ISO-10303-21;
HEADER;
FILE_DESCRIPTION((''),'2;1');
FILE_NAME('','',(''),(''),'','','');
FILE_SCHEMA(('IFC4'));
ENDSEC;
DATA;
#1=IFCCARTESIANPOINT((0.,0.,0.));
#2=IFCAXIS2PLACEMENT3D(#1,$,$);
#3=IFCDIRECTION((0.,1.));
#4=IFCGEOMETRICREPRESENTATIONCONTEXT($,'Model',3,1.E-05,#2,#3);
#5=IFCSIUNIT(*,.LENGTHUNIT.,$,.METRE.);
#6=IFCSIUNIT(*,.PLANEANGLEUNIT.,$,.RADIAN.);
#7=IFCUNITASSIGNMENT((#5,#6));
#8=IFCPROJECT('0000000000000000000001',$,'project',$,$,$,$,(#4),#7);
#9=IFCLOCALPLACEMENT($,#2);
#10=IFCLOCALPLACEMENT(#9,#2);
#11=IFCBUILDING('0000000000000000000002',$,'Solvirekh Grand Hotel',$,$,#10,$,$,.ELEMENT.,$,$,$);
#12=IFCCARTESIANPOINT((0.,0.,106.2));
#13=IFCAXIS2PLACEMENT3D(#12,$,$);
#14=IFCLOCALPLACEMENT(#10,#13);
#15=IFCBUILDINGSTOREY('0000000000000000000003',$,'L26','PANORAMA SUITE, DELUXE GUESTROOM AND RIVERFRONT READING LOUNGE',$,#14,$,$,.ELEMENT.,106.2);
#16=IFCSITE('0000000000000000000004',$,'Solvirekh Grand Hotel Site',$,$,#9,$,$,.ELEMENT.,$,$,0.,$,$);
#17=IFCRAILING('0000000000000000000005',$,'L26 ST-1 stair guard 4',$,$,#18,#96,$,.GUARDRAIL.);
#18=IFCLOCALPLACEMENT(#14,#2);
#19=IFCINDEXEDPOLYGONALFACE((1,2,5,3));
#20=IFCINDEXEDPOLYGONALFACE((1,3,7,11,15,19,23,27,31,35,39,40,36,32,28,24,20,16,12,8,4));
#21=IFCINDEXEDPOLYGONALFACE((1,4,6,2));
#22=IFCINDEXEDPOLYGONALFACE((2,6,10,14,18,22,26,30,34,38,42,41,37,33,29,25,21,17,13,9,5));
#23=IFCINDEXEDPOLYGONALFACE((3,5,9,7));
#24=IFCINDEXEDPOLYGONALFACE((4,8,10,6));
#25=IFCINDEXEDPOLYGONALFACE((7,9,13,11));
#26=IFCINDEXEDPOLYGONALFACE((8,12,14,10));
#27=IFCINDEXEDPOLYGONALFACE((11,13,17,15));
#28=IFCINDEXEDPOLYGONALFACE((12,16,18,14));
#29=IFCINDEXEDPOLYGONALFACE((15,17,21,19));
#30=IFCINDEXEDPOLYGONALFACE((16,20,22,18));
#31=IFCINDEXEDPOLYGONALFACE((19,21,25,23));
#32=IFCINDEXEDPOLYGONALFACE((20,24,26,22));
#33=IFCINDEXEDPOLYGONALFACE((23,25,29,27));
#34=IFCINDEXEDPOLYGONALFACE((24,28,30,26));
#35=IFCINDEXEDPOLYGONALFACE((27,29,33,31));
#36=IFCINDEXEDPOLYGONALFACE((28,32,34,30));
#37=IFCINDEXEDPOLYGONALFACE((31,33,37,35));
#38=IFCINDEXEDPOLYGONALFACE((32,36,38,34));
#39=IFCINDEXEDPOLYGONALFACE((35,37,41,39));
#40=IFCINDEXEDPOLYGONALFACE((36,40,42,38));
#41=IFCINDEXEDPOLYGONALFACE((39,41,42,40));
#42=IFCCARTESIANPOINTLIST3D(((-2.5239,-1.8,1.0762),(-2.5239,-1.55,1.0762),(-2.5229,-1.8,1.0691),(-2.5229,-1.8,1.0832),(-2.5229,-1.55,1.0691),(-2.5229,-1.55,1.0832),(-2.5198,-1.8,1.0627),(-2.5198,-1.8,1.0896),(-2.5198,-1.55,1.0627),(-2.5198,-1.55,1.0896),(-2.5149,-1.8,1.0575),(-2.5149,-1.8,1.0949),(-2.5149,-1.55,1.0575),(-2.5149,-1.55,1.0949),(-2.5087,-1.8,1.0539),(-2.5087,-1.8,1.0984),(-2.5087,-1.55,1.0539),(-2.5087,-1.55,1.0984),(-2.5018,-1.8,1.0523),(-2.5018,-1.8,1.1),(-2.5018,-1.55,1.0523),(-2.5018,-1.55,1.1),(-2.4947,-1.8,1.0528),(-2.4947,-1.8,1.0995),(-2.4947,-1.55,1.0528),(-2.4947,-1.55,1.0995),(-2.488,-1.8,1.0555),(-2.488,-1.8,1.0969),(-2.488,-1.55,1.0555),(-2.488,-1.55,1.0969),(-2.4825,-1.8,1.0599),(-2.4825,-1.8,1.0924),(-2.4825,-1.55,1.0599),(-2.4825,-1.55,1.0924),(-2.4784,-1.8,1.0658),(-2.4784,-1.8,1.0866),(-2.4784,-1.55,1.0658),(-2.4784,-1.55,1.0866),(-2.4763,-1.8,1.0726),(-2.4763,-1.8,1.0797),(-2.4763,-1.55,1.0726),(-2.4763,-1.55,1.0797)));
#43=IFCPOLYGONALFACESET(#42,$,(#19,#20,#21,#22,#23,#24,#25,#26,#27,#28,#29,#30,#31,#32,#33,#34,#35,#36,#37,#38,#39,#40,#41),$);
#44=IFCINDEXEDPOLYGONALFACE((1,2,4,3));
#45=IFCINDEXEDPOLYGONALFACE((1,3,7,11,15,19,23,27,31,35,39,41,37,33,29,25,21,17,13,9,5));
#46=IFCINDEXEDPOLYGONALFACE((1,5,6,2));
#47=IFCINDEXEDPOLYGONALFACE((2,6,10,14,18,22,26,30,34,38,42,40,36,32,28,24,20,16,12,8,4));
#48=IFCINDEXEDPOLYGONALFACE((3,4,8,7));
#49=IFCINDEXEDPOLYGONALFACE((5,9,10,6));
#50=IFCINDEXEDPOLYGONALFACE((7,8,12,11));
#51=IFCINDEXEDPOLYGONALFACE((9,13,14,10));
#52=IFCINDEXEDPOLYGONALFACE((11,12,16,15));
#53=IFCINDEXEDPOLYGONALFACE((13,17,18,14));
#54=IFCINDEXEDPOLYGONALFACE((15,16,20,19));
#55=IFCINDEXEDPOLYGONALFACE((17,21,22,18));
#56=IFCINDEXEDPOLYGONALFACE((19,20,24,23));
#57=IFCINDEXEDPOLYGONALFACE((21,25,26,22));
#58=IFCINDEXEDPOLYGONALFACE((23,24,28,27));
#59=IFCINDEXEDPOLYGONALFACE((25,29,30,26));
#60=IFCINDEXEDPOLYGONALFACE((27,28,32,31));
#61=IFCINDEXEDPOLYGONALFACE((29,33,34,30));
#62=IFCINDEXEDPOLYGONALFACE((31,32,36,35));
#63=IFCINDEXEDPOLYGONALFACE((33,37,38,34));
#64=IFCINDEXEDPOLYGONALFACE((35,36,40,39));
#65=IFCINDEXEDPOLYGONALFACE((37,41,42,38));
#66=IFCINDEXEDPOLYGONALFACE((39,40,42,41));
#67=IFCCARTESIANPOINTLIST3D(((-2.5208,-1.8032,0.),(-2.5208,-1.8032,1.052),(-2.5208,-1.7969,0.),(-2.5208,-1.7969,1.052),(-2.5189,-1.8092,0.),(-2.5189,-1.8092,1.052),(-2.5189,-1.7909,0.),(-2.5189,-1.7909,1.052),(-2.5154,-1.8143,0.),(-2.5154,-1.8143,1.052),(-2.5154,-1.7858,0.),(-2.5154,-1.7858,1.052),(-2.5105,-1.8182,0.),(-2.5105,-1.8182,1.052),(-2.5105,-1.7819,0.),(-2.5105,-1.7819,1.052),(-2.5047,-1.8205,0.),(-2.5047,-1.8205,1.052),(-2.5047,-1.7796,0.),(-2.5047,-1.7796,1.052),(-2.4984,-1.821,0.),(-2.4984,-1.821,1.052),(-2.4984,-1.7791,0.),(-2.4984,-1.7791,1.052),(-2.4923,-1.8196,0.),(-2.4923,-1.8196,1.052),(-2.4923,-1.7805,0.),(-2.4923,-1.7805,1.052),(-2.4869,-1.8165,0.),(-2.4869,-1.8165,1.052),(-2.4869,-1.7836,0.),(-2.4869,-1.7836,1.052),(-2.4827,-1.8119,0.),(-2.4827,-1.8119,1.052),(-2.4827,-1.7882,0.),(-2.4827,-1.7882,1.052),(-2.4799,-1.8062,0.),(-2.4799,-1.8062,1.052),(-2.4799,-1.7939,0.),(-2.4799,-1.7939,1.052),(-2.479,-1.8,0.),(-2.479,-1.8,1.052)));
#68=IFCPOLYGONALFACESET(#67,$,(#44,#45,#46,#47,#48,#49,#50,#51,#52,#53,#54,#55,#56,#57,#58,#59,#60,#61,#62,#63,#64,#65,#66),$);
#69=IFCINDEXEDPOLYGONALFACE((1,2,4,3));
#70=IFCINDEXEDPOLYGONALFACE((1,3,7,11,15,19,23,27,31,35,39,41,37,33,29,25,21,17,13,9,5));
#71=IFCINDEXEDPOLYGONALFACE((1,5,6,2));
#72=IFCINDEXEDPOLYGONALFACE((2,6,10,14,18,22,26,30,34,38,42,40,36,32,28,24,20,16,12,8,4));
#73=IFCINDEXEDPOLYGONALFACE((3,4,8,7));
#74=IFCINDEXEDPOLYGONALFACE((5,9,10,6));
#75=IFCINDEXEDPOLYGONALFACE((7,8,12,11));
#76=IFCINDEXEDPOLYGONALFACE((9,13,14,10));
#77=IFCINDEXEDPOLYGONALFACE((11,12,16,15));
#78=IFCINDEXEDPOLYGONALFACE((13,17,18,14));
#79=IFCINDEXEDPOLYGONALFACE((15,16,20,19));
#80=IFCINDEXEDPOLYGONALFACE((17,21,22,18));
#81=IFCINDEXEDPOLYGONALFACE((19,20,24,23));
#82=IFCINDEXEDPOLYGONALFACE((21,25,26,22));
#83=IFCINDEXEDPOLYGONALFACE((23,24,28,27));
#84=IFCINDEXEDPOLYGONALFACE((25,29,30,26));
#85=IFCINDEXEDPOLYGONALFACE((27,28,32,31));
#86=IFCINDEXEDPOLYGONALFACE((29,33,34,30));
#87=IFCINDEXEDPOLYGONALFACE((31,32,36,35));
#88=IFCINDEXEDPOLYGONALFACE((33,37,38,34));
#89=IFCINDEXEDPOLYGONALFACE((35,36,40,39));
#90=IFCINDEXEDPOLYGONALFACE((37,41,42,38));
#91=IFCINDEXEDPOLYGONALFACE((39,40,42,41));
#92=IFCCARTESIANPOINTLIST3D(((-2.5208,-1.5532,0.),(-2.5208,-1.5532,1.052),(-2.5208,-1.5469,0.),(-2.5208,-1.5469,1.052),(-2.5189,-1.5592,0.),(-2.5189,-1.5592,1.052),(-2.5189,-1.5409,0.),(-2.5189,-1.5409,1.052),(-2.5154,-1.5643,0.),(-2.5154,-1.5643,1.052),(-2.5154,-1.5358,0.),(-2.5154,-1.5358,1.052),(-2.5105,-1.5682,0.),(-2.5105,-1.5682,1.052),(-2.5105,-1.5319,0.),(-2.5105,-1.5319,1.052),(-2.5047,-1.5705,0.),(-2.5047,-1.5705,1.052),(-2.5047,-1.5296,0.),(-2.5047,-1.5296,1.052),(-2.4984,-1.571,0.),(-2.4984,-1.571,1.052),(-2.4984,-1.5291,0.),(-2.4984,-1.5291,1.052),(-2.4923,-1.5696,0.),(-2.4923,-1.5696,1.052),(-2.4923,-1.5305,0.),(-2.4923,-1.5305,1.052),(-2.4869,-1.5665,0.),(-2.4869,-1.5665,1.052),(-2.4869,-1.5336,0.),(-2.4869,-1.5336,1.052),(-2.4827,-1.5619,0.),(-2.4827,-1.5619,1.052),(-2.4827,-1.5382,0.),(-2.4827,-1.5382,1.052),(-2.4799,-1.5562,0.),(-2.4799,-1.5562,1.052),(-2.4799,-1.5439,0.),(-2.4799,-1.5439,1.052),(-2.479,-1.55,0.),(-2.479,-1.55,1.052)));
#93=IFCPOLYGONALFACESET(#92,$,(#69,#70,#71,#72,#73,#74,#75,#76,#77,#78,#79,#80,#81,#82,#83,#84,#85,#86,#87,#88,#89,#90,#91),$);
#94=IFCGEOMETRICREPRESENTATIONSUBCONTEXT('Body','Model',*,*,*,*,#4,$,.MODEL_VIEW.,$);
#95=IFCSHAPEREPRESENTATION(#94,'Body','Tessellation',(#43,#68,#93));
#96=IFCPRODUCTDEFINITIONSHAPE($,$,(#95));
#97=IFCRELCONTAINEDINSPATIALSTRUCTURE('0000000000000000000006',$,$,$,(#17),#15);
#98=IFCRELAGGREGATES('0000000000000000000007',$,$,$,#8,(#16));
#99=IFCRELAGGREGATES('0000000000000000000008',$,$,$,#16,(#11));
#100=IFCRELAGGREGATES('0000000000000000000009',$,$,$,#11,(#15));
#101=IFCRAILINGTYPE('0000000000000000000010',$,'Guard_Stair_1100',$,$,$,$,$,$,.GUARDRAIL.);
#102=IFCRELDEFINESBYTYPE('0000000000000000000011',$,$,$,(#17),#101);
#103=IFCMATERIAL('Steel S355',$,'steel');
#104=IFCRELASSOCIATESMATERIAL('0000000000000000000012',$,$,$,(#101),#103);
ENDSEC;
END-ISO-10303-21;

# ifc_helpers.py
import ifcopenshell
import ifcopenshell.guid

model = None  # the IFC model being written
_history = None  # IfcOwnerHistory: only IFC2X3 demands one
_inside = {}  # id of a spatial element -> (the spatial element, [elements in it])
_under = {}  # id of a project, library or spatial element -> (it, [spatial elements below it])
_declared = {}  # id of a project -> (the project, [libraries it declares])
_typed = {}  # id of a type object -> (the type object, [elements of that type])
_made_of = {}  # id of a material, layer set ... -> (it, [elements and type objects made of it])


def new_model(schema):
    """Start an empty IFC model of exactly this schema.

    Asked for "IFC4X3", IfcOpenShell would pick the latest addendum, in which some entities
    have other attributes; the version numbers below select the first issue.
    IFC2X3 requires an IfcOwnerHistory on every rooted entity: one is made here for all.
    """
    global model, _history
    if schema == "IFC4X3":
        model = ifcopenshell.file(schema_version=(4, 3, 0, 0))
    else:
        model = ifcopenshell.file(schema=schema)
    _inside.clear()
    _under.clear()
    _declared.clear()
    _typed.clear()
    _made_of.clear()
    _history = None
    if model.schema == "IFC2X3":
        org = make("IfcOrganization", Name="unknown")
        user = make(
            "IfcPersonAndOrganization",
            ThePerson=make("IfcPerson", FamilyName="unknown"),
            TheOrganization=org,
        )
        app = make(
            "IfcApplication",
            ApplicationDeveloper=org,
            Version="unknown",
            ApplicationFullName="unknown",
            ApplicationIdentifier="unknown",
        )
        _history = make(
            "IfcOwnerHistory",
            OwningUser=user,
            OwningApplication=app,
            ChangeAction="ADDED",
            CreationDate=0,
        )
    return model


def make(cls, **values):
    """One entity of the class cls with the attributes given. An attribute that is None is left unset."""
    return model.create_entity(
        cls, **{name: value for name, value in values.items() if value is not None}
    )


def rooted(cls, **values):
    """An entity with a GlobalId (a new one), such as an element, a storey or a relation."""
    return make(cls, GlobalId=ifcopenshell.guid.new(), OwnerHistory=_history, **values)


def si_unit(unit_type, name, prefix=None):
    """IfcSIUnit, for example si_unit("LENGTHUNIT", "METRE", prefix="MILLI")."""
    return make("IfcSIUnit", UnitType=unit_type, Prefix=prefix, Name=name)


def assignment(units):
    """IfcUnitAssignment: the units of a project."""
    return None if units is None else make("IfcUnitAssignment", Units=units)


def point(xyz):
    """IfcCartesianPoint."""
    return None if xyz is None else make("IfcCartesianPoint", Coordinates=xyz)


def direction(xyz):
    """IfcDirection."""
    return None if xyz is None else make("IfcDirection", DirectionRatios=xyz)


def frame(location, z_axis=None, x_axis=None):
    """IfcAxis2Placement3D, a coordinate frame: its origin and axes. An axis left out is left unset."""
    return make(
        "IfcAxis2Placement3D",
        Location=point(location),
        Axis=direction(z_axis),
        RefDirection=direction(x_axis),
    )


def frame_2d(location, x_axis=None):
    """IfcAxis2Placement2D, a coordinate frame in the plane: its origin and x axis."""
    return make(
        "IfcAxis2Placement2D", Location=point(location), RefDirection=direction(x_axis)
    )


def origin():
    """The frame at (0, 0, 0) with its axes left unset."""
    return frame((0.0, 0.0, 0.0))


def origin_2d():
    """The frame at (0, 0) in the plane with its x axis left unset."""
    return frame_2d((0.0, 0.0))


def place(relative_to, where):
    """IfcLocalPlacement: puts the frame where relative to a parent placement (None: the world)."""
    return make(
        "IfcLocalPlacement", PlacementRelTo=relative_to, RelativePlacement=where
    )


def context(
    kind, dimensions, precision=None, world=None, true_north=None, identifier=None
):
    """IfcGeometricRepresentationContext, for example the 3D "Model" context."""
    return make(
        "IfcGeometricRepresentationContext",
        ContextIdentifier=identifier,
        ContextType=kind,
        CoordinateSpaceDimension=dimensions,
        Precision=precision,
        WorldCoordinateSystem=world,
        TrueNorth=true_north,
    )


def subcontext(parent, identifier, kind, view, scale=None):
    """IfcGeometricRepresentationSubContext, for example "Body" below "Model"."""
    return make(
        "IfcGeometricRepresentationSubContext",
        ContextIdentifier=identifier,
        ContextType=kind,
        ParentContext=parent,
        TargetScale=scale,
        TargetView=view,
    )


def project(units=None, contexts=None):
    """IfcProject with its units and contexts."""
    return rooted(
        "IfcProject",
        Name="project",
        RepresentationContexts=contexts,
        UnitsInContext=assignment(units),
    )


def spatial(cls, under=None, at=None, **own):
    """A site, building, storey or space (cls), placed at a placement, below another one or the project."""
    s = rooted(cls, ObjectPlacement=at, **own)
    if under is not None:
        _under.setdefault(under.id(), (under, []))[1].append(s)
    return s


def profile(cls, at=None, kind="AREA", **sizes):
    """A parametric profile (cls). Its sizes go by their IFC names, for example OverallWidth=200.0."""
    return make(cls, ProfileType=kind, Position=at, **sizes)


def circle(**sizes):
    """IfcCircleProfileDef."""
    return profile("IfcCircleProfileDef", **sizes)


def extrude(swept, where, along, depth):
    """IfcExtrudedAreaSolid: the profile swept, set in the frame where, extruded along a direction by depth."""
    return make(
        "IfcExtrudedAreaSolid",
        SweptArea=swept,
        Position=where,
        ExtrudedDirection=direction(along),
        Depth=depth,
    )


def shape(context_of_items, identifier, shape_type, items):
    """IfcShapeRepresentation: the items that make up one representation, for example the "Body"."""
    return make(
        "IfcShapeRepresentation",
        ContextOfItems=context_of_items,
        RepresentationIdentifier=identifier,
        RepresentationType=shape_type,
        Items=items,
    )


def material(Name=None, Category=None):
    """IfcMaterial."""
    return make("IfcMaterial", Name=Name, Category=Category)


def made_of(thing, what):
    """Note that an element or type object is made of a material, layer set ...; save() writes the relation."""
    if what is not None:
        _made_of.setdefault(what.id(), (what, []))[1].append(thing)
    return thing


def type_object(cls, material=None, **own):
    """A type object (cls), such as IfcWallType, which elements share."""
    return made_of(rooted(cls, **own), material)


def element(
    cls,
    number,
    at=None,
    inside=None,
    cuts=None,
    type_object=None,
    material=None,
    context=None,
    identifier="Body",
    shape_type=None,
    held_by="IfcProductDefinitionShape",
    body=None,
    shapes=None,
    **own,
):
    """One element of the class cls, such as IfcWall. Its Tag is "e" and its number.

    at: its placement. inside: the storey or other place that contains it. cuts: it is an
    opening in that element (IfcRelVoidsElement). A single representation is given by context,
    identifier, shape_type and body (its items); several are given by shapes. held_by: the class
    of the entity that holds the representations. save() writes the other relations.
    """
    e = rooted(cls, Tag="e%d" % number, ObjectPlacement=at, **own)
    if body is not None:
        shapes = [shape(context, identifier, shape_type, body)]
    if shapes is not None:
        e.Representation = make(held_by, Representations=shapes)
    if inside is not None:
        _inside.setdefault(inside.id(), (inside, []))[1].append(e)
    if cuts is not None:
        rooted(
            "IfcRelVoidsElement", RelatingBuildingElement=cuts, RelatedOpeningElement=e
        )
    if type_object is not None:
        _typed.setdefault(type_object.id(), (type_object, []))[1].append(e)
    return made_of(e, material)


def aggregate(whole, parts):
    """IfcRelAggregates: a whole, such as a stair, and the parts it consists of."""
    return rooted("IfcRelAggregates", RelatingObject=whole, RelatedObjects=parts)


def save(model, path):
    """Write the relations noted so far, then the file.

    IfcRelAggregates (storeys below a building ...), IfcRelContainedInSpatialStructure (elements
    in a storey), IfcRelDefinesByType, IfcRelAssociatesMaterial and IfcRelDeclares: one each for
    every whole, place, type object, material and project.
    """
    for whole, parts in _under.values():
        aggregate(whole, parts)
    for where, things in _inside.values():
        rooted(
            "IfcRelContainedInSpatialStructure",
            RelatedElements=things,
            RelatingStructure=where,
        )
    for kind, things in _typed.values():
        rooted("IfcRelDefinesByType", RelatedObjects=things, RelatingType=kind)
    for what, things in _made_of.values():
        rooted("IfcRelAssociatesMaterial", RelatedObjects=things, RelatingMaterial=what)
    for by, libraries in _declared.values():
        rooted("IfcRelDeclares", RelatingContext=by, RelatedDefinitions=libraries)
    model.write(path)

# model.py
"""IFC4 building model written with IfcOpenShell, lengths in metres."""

from ifc_helpers import new_model, si_unit, direction, frame, origin, origin_2d, place, context, subcontext, project, spatial, circle, extrude, material, type_object, element, save


model = new_model("IFC4")

# Units and contexts
model_context = context("Model", 3, precision=1e-05, world=origin(), true_north=direction((0.0, 1.0)))
body_context = subcontext(model_context, "Body", "Model", "MODEL_VIEW")
ifc_project = project(units=[si_unit("LENGTHUNIT", "METRE"), si_unit("PLANEANGLEUNIT", "RADIAN")], contexts=[model_context])

# Site, building, storey
site_placement = place(None, origin())
site = spatial("IfcSite", under=ifc_project, at=site_placement, Name="Solvirekh Grand Hotel Site", CompositionType="ELEMENT", RefElevation=0.0)
building_placement = place(site_placement, origin())
building = spatial("IfcBuilding", under=site, at=building_placement, Name="Solvirekh Grand Hotel", CompositionType="ELEMENT")
storey_placement = place(building_placement, frame((0.0, 0.0, 106.2)))
storey = spatial("IfcBuildingStorey", under=building, at=storey_placement, Name="L26", Description="PANORAMA SUITE, DELUXE GUESTROOM AND RIVERFRONT READING LOUNGE", CompositionType="ELEMENT", Elevation=106.2)

# Railing
ifc_material_1 = material(Name="Steel S355", Category="steel")
railing_type_1 = type_object("IfcRailingType", Name="Guard_Stair_1100", PredefinedType="GUARDRAIL", material=ifc_material_1)
railing_1_placement = place(storey_placement, frame((-2.5, -1.8, 0.0)))
element("IfcRailing", 1, at=railing_1_placement, inside=storey, type_object=railing_type_1, Name="L26 ST-1 stair guard 4", PredefinedType="GUARDRAIL", context=body_context, shape_type="SweptSolid", body=[
    extrude(circle(Radius=0.0239, at=origin_2d()), frame((0.0, 0.0, 1.0762), z_axis=(0.0, 1.0, 0.0), x_axis=(-1.0, 0.0, 0.0)), (0.0, 0.0, 1.0), 0.25),
    extrude(circle(Radius=0.021, at=origin_2d()), origin(), (0.0, 0.0, 1.0), 1.052),
    extrude(circle(Radius=0.021, at=origin_2d()), frame((0.0, 0.25, 0.0)), (0.0, 0.0, 1.0), 1.052),
])

save(model, "model.ifc")
